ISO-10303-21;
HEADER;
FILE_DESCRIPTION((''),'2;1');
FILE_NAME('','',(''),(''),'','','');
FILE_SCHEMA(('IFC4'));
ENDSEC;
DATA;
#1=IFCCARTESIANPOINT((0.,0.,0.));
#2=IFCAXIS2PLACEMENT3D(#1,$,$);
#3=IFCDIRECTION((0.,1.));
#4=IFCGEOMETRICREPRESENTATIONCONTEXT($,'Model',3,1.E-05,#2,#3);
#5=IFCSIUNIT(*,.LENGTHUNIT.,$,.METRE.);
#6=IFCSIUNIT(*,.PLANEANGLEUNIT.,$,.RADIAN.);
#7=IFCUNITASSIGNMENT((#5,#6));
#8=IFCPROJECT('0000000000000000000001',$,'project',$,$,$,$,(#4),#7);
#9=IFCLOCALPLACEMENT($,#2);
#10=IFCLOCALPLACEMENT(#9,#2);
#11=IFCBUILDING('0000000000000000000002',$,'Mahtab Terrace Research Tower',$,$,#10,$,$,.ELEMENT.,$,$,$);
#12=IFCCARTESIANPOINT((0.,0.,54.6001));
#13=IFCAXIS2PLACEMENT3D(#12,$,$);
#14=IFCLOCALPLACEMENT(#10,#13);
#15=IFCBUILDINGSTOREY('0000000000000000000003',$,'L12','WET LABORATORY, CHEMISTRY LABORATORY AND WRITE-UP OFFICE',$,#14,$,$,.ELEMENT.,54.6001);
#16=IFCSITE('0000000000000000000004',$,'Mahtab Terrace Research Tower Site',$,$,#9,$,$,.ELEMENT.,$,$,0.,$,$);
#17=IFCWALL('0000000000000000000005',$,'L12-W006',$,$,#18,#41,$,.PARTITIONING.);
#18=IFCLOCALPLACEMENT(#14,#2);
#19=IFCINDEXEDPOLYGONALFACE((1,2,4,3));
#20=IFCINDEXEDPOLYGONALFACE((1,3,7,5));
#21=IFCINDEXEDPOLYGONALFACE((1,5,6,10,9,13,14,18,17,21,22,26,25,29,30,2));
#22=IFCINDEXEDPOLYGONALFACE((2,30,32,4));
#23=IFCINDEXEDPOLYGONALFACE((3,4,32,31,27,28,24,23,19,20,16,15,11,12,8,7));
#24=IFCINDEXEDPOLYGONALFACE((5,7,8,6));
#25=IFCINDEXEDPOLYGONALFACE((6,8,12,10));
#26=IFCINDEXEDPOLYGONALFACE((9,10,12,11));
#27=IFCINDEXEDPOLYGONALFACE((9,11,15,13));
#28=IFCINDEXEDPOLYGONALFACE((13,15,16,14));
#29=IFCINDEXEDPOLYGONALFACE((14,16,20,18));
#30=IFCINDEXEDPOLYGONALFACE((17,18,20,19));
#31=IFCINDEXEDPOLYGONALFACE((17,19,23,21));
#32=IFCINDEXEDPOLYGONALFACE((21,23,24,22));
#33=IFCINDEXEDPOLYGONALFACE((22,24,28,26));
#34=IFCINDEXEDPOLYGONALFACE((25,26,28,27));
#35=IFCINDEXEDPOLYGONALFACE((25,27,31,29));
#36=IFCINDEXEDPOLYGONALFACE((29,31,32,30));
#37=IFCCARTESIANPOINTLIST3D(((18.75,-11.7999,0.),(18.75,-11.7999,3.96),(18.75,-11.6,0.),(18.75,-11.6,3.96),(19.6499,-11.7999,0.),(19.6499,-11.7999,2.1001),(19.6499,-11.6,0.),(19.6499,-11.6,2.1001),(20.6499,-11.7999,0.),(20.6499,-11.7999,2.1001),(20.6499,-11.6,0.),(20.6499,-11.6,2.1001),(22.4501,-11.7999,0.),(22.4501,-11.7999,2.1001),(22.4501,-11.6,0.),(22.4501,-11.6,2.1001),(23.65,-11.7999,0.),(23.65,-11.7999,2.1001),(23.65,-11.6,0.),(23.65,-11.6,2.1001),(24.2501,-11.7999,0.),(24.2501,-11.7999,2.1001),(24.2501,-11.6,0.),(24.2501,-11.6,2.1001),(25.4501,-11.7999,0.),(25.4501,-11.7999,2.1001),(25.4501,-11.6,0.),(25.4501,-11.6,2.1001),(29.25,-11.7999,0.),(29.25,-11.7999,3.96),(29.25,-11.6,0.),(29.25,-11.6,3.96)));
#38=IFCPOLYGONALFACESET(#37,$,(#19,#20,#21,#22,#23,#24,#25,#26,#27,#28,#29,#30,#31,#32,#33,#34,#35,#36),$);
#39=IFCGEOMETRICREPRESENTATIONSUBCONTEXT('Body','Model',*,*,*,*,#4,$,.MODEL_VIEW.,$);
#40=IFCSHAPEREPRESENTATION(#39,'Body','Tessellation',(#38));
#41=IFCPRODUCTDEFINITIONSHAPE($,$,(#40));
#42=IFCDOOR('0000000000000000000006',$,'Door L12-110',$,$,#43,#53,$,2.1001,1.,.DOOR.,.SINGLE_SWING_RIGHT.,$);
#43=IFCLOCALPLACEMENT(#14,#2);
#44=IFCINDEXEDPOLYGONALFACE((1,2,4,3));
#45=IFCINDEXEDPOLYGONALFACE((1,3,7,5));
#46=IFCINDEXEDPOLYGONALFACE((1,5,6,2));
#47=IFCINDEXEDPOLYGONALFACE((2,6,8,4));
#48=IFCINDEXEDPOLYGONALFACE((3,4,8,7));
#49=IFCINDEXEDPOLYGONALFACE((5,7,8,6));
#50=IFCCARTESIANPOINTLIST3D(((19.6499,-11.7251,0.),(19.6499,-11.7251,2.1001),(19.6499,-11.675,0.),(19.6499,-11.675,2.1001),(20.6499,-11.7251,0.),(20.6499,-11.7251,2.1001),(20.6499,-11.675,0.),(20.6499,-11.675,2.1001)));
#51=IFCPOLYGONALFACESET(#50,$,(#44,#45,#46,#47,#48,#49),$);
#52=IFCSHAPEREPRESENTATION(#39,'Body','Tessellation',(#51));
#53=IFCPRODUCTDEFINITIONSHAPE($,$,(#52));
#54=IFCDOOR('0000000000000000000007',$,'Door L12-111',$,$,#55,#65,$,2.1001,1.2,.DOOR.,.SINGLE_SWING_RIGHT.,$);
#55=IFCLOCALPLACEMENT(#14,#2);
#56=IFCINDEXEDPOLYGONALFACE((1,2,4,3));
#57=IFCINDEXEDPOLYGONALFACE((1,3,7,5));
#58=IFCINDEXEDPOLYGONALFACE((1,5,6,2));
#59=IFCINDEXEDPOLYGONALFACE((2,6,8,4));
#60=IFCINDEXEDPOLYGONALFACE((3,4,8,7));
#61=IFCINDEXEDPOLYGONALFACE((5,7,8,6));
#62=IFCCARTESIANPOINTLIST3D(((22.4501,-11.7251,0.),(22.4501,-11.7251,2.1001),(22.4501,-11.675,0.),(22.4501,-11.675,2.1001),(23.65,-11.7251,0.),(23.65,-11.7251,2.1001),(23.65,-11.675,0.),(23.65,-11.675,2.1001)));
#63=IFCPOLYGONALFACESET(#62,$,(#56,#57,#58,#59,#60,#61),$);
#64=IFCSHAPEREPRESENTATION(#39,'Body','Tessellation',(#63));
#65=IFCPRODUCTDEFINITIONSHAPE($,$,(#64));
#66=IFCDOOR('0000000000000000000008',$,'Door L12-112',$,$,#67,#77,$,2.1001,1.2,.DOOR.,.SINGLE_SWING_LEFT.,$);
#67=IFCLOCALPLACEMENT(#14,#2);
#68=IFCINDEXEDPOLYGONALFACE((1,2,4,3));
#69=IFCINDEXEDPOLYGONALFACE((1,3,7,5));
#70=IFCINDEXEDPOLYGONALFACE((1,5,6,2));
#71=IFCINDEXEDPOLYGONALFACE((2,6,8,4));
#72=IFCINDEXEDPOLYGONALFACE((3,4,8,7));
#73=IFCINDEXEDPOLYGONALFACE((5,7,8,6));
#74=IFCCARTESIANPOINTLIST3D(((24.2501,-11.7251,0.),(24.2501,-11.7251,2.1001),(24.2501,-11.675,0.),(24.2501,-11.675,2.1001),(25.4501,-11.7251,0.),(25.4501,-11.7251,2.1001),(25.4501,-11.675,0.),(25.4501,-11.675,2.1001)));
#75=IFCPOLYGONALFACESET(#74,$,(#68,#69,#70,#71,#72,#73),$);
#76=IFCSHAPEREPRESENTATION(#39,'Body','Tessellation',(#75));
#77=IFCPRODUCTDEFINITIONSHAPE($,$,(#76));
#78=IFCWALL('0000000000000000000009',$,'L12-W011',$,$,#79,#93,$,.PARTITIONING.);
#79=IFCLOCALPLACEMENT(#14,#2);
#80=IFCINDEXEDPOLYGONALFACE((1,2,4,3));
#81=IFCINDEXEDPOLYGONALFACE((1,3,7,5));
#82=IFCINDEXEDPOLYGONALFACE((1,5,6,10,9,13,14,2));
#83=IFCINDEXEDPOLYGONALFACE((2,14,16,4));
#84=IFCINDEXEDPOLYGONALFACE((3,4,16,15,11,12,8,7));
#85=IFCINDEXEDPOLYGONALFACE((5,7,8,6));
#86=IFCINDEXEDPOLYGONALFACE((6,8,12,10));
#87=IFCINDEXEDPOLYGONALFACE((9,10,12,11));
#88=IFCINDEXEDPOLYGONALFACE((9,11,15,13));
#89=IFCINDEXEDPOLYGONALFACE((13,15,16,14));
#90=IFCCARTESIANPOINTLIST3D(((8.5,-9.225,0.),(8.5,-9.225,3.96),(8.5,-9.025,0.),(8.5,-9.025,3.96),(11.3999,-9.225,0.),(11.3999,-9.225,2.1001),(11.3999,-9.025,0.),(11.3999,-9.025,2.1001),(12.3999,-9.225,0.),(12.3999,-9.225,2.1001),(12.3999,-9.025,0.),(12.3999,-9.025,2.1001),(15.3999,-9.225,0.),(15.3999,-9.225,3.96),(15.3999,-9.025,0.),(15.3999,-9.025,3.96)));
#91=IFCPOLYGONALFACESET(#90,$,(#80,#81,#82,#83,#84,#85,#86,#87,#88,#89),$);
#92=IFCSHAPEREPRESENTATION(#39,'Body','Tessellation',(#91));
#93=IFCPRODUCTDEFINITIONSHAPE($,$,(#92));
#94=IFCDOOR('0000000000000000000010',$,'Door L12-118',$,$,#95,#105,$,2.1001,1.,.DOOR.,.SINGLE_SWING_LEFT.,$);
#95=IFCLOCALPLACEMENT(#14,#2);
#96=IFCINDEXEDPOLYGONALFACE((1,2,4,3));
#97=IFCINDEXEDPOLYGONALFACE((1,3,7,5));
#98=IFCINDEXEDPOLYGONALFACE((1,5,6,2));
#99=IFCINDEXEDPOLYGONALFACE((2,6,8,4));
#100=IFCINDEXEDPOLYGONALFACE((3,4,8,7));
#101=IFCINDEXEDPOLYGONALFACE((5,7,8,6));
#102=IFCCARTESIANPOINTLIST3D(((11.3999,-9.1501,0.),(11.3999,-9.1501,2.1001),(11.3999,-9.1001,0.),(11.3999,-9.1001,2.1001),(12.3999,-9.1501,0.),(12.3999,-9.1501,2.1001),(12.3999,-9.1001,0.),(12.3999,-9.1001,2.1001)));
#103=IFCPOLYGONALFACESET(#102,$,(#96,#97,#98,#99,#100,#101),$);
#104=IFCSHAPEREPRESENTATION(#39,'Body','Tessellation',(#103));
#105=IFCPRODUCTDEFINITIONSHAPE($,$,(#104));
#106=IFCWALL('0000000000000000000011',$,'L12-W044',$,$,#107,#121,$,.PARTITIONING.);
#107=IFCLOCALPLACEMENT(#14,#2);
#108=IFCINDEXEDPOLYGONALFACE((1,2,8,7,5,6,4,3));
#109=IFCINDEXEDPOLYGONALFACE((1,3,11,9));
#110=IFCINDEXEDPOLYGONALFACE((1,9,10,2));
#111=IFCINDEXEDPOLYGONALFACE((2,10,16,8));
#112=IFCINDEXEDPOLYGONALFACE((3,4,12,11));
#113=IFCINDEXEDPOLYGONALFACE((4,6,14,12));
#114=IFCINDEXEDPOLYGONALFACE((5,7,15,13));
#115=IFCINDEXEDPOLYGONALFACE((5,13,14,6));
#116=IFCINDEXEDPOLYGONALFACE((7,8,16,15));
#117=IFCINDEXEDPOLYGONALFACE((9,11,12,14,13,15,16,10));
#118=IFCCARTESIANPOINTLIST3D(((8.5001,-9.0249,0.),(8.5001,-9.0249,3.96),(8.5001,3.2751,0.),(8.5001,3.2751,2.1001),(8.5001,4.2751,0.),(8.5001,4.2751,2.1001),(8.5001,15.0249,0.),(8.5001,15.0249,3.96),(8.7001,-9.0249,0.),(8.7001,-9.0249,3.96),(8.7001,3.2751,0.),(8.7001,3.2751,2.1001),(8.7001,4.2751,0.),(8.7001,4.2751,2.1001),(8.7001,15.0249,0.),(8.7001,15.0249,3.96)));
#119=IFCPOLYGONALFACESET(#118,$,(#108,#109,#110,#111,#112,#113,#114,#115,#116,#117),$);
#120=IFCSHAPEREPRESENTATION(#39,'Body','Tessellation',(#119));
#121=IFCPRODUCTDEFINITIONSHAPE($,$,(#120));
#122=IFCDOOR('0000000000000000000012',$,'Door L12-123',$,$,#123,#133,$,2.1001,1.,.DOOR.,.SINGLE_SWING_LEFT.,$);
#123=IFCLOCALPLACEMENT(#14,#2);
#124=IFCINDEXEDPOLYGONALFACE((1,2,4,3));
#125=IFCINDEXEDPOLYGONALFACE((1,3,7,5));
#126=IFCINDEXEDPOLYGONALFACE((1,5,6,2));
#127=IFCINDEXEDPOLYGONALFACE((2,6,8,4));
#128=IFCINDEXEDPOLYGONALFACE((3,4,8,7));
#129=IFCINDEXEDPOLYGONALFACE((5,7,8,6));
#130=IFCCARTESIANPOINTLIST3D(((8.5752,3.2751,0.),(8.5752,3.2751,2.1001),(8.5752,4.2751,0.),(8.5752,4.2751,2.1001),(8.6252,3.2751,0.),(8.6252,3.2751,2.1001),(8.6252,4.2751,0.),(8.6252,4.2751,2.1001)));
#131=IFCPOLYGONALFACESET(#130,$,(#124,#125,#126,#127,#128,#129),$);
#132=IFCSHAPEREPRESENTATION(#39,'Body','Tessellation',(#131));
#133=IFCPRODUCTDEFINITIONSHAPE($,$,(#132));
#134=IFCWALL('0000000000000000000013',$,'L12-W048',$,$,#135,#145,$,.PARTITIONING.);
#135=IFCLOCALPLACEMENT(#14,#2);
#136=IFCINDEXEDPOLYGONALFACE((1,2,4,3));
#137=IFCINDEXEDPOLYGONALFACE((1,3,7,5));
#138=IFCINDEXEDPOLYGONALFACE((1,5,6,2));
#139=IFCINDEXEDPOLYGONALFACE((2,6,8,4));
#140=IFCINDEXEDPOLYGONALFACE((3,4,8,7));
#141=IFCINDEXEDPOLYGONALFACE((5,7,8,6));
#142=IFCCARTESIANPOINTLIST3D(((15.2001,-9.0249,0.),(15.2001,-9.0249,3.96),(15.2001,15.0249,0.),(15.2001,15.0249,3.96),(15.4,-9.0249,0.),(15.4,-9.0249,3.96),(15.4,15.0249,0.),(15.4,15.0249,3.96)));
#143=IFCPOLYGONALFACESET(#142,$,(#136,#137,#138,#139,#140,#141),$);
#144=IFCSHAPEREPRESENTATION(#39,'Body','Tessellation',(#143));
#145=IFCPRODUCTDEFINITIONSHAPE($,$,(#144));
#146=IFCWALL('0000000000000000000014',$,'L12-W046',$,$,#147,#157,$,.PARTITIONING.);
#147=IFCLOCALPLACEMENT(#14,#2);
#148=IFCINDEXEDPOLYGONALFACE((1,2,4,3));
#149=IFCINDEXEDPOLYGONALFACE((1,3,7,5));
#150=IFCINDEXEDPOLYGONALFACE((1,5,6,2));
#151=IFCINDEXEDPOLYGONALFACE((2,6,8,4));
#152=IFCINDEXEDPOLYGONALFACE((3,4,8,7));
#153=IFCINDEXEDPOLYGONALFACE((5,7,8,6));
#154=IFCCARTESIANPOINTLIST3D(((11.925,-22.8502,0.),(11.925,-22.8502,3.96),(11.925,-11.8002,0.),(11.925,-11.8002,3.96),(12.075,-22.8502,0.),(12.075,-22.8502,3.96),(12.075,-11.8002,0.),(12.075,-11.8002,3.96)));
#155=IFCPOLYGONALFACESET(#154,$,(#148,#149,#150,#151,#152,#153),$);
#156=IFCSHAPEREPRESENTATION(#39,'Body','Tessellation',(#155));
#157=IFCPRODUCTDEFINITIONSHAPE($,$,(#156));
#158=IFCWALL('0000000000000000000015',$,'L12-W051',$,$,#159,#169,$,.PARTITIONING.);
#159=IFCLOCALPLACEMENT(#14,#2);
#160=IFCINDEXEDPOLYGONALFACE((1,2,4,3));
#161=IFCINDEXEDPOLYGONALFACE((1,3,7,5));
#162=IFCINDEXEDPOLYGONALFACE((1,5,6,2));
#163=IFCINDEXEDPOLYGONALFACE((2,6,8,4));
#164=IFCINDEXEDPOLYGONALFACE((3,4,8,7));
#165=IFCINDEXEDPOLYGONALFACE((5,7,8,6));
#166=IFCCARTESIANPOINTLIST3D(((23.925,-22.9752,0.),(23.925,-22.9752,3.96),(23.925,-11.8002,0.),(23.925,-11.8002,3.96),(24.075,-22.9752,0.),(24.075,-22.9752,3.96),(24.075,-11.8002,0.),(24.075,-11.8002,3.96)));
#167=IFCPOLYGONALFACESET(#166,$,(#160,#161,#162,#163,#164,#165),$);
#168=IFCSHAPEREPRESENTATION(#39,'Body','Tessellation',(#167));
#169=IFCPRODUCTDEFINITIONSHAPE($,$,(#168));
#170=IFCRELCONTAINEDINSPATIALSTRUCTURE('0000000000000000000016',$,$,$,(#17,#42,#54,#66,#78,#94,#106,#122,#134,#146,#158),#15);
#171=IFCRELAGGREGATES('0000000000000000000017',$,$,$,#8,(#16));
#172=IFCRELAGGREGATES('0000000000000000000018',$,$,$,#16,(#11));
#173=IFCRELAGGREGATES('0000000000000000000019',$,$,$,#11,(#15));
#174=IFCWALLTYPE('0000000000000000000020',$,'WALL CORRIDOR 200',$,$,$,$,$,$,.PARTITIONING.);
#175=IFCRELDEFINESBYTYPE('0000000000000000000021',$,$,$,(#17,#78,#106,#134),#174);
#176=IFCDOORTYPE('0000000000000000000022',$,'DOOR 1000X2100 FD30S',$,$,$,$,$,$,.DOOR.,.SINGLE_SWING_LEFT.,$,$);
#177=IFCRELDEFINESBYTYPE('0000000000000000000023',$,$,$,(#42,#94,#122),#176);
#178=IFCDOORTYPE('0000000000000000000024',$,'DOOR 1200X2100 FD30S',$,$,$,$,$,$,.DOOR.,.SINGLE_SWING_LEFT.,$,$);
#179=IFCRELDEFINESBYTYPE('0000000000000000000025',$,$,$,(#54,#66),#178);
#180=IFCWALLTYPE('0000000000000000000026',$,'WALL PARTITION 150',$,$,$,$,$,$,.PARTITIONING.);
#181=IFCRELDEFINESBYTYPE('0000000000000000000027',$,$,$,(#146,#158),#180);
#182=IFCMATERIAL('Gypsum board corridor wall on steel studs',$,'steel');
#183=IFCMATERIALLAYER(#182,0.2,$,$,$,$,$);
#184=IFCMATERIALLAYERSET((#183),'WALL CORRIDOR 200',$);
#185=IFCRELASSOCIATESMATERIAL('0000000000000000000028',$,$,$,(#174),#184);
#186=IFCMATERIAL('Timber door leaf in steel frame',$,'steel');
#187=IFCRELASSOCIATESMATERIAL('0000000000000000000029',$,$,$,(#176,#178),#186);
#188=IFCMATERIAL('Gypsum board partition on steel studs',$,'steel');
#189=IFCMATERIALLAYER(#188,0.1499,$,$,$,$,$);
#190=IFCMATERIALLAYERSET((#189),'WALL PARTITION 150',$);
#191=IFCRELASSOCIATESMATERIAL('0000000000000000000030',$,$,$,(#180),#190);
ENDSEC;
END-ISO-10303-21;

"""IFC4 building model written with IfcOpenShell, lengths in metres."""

from ifc_helpers import new_model, si_unit, direction, frame, frame_2d, origin, place, context, subcontext, project, spatial, rectangle, extrude, material, layer, layer_set, type_object, element, fill, save


model = new_model("IFC4")

# Units and contexts
model_context = context("Model", 3, precision=1e-05, world=origin(), true_north=direction((0.0, 1.0)))
body_context = subcontext(model_context, "Body", "Model", "MODEL_VIEW")
ifc_project = project(units=[si_unit("LENGTHUNIT", "METRE"), si_unit("PLANEANGLEUNIT", "RADIAN")], contexts=[model_context])

# Site, building, storey
site_placement = place(None, origin())
site = spatial("IfcSite", under=ifc_project, at=site_placement, Name="Mahtab Terrace Research Tower Site", CompositionType="ELEMENT", RefElevation=0.0)
building_placement = place(site_placement, origin())
building = spatial("IfcBuilding", under=site, at=building_placement, Name="Mahtab Terrace Research Tower", CompositionType="ELEMENT")
storey_placement = place(building_placement, frame((0.0, 0.0, 54.6001)))
storey = spatial("IfcBuildingStorey", under=building, at=storey_placement, Name="L12", Description="WET LABORATORY, CHEMISTRY LABORATORY AND WRITE-UP OFFICE", CompositionType="ELEMENT", Elevation=54.6001)

# Wall, openings, doors
ifc_material_1 = material(Name="Gypsum board corridor wall on steel studs", Category="steel")
ifc_layer_1 = layer(ifc_material_1, 0.2)
ifc_layer_set_1 = layer_set([ifc_layer_1], Name="WALL CORRIDOR 200")
wall_type_1 = type_object("IfcWallType", Name="WALL CORRIDOR 200", PredefinedType="PARTITIONING", material=ifc_layer_set_1)
wall_1_placement = place(storey_placement, frame((18.75, -11.7, 0.0), z_axis=(0.0, 0.0, 1.0), x_axis=(1.0, 0.0, 0.0)))
wall_1 = element("IfcWall", 1, at=wall_1_placement, inside=storey, type_object=wall_type_1, Name="L12-W006", PredefinedType="PARTITIONING", context=body_context, shape_type="SweptSolid", body=[
    extrude(rectangle(XDim=10.5, YDim=0.2, at=frame_2d((5.25, 0.0))), origin(), (0.0, 0.0, 1.0), 3.96),
])
opening_1_placement = place(wall_1_placement, frame((0.8999, 0.0, 0.0)))
opening_1 = element("IfcOpeningElement", 2, at=opening_1_placement, cuts=wall_1, PredefinedType="OPENING", context=body_context, shape_type="SweptSolid", body=[
    extrude(rectangle(XDim=1.0, YDim=2.1001, at=frame_2d((0.5, 1.05))), frame((0.0, 0.1099, 0.0), z_axis=(0.0, -1.0, 0.0), x_axis=(1.0, 0.0, 0.0)), (0.0, 0.0, 1.0), 0.22),
])
opening_2_placement = place(wall_1_placement, frame((3.7, 0.0, 0.0)))
opening_2 = element("IfcOpeningElement", 3, at=opening_2_placement, cuts=wall_1, PredefinedType="OPENING", context=body_context, shape_type="SweptSolid", body=[
    extrude(rectangle(XDim=1.2, YDim=2.1001, at=frame_2d((0.6001, 1.05))), frame((0.0, 0.1099, 0.0), z_axis=(0.0, -1.0, 0.0), x_axis=(1.0, 0.0, 0.0)), (0.0, 0.0, 1.0), 0.22),
])
opening_3_placement = place(wall_1_placement, frame((5.5, 0.0, 0.0)))
opening_3 = element("IfcOpeningElement", 4, at=opening_3_placement, cuts=wall_1, PredefinedType="OPENING", context=body_context, shape_type="SweptSolid", body=[
    extrude(rectangle(XDim=1.2, YDim=2.1001, at=frame_2d((0.6001, 1.05))), frame((0.0, 0.1099, 0.0), z_axis=(0.0, -1.0, 0.0), x_axis=(1.0, 0.0, 0.0)), (0.0, 0.0, 1.0), 0.22),
])
ifc_material_2 = material(Name="Timber door leaf in steel frame", Category="steel")
door_type_1 = type_object("IfcDoorType", Name="DOOR 1000X2100 FD30S", OperationType="SINGLE_SWING_LEFT", PredefinedType="DOOR", material=ifc_material_2)
door_1_placement = place(opening_1_placement, origin())
door_1 = element("IfcDoor", 5, at=door_1_placement, inside=storey, type_object=door_type_1, Name="Door L12-110", OperationType="SINGLE_SWING_RIGHT", OverallHeight=2.1001, OverallWidth=1.0, PredefinedType="DOOR", context=body_context, shape_type="SweptSolid", body=[
    extrude(rectangle(XDim=1.0, YDim=2.1001, at=frame_2d((0.5, 1.05))), frame((0.0, 0.0249, 0.0), z_axis=(0.0, -1.0, 0.0), x_axis=(1.0, 0.0, 0.0)), (0.0, 0.0, 1.0), 0.05),
])
fill(opening_1, door_1)
door_type_2 = type_object("IfcDoorType", Name="DOOR 1200X2100 FD30S", OperationType="SINGLE_SWING_LEFT", PredefinedType="DOOR", material=ifc_material_2)
door_2_placement = place(opening_2_placement, origin())
door_2 = element("IfcDoor", 6, at=door_2_placement, inside=storey, type_object=door_type_2, Name="Door L12-111", OperationType="SINGLE_SWING_RIGHT", OverallHeight=2.1001, OverallWidth=1.2, PredefinedType="DOOR", context=body_context, shape_type="SweptSolid", body=[
    extrude(rectangle(XDim=1.2, YDim=2.1001, at=frame_2d((0.6001, 1.05))), frame((0.0, 0.0249, 0.0), z_axis=(0.0, -1.0, 0.0), x_axis=(1.0, 0.0, 0.0)), (0.0, 0.0, 1.0), 0.05),
])
fill(opening_2, door_2)
door_3_placement = place(opening_3_placement, origin())
door_3 = element("IfcDoor", 7, at=door_3_placement, inside=storey, type_object=door_type_2, Name="Door L12-112", OperationType="SINGLE_SWING_LEFT", OverallHeight=2.1001, OverallWidth=1.2, PredefinedType="DOOR", context=body_context, shape_type="SweptSolid", body=[
    extrude(rectangle(XDim=1.2, YDim=2.1001, at=frame_2d((0.6001, 1.05))), frame((0.0, 0.0249, 0.0), z_axis=(0.0, -1.0, 0.0), x_axis=(1.0, 0.0, 0.0)), (0.0, 0.0, 1.0), 0.05),
])
fill(opening_3, door_3)

# Walls, openings, doors
wall_2_placement = place(storey_placement, frame((8.5, -9.125, 0.0), z_axis=(0.0, 0.0, 1.0), x_axis=(1.0, 0.0, 0.0)))
wall_2 = element("IfcWall", 8, at=wall_2_placement, inside=storey, type_object=wall_type_1, Name="L12-W011", PredefinedType="PARTITIONING", context=body_context, shape_type="SweptSolid", body=[
    extrude(rectangle(XDim=6.8999, YDim=0.2, at=frame_2d((3.45, 0.0))), origin(), (0.0, 0.0, 1.0), 3.96),
])
opening_4_placement = place(wall_2_placement, frame((2.8999, 0.0, 0.0)))
opening_4 = element("IfcOpeningElement", 9, at=opening_4_placement, cuts=wall_2, PredefinedType="OPENING", context=body_context, shape_type="SweptSolid", body=[
    extrude(rectangle(XDim=1.0, YDim=2.1001, at=frame_2d((0.5, 1.05))), frame((0.0, 0.1099, 0.0), z_axis=(0.0, -1.0, 0.0), x_axis=(1.0, 0.0, 0.0)), (0.0, 0.0, 1.0), 0.22),
])
door_4_placement = place(opening_4_placement, origin())
door_4 = element("IfcDoor", 10, at=door_4_placement, inside=storey, type_object=door_type_1, Name="Door L12-118", OperationType="SINGLE_SWING_LEFT", OverallHeight=2.1001, OverallWidth=1.0, PredefinedType="DOOR", context=body_context, shape_type="SweptSolid", body=[
    extrude(rectangle(XDim=1.0, YDim=2.1001, at=frame_2d((0.5, 1.05))), frame((0.0, 0.0249, 0.0), z_axis=(0.0, -1.0, 0.0), x_axis=(1.0, 0.0, 0.0)), (0.0, 0.0, 1.0), 0.05),
])
fill(opening_4, door_4)
wall_3_placement = place(storey_placement, frame((8.6001, -9.0249, 0.0), z_axis=(0.0, 0.0, 1.0), x_axis=(0.0, 1.0, 0.0)))
wall_3 = element("IfcWall", 11, at=wall_3_placement, inside=storey, type_object=wall_type_1, Name="L12-W044", PredefinedType="PARTITIONING", context=body_context, shape_type="SweptSolid", body=[
    extrude(rectangle(XDim=24.0498, YDim=0.2, at=frame_2d((12.0249, 0.0))), origin(), (0.0, 0.0, 1.0), 3.96),
])
opening_5_placement = place(wall_3_placement, frame((12.3, 0.0, 0.0)))
opening_5 = element("IfcOpeningElement", 12, at=opening_5_placement, cuts=wall_3, PredefinedType="OPENING", context=body_context, shape_type="SweptSolid", body=[
    extrude(rectangle(XDim=1.0, YDim=2.1001, at=frame_2d((0.5, 1.05))), frame((0.0, 0.1099, 0.0), z_axis=(0.0, -1.0, 0.0), x_axis=(1.0, 0.0, 0.0)), (0.0, 0.0, 1.0), 0.22),
])
door_5_placement = place(opening_5_placement, origin())
door_5 = element("IfcDoor", 13, at=door_5_placement, inside=storey, type_object=door_type_1, Name="Door L12-123", OperationType="SINGLE_SWING_LEFT", OverallHeight=2.1001, OverallWidth=1.0, PredefinedType="DOOR", context=body_context, shape_type="SweptSolid", body=[
    extrude(rectangle(XDim=1.0, YDim=2.1001, at=frame_2d((0.5, 1.05))), frame((0.0, 0.0249, 0.0), z_axis=(0.0, -1.0, 0.0), x_axis=(1.0, 0.0, 0.0)), (0.0, 0.0, 1.0), 0.05),
])
fill(opening_5, door_5)

# Walls
wall_4_placement = place(storey_placement, frame((15.3, -9.0249, 0.0), z_axis=(0.0, 0.0, 1.0), x_axis=(0.0, 1.0, 0.0)))
element("IfcWall", 14, at=wall_4_placement, inside=storey, type_object=wall_type_1, Name="L12-W048", PredefinedType="PARTITIONING", context=body_context, shape_type="SweptSolid", body=[
    extrude(rectangle(XDim=24.0498, YDim=0.2, at=frame_2d((12.0249, 0.0))), origin(), (0.0, 0.0, 1.0), 3.96),
])
ifc_material_3 = material(Name="Gypsum board partition on steel studs", Category="steel")
ifc_layer_2 = layer(ifc_material_3, 0.1499)
ifc_layer_set_2 = layer_set([ifc_layer_2], Name="WALL PARTITION 150")
wall_type_2 = type_object("IfcWallType", Name="WALL PARTITION 150", PredefinedType="PARTITIONING", material=ifc_layer_set_2)
wall_5_placement = place(storey_placement, frame((12.0, -22.8501, 0.0), z_axis=(0.0, 0.0, 1.0), x_axis=(0.0, 1.0, 0.0)))
element("IfcWall", 15, at=wall_5_placement, inside=storey, type_object=wall_type_2, Name="L12-W046", PredefinedType="PARTITIONING", context=body_context, shape_type="SweptSolid", body=[
    extrude(rectangle(XDim=11.05, YDim=0.1499, at=frame_2d((5.5249, 0.0))), origin(), (0.0, 0.0, 1.0), 3.96),
])
wall_6_placement = place(storey_placement, frame((24.0, -22.9751, 0.0), z_axis=(0.0, 0.0, 1.0), x_axis=(0.0, 1.0, 0.0)))
element("IfcWall", 16, at=wall_6_placement, inside=storey, type_object=wall_type_2, Name="L12-W051", PredefinedType="PARTITIONING", context=body_context, shape_type="SweptSolid", body=[
    extrude(rectangle(XDim=11.175, YDim=0.1499, at=frame_2d((5.5874, 0.0))), origin(), (0.0, 0.0, 1.0), 3.96),
])

save(model, "model.ifc")
